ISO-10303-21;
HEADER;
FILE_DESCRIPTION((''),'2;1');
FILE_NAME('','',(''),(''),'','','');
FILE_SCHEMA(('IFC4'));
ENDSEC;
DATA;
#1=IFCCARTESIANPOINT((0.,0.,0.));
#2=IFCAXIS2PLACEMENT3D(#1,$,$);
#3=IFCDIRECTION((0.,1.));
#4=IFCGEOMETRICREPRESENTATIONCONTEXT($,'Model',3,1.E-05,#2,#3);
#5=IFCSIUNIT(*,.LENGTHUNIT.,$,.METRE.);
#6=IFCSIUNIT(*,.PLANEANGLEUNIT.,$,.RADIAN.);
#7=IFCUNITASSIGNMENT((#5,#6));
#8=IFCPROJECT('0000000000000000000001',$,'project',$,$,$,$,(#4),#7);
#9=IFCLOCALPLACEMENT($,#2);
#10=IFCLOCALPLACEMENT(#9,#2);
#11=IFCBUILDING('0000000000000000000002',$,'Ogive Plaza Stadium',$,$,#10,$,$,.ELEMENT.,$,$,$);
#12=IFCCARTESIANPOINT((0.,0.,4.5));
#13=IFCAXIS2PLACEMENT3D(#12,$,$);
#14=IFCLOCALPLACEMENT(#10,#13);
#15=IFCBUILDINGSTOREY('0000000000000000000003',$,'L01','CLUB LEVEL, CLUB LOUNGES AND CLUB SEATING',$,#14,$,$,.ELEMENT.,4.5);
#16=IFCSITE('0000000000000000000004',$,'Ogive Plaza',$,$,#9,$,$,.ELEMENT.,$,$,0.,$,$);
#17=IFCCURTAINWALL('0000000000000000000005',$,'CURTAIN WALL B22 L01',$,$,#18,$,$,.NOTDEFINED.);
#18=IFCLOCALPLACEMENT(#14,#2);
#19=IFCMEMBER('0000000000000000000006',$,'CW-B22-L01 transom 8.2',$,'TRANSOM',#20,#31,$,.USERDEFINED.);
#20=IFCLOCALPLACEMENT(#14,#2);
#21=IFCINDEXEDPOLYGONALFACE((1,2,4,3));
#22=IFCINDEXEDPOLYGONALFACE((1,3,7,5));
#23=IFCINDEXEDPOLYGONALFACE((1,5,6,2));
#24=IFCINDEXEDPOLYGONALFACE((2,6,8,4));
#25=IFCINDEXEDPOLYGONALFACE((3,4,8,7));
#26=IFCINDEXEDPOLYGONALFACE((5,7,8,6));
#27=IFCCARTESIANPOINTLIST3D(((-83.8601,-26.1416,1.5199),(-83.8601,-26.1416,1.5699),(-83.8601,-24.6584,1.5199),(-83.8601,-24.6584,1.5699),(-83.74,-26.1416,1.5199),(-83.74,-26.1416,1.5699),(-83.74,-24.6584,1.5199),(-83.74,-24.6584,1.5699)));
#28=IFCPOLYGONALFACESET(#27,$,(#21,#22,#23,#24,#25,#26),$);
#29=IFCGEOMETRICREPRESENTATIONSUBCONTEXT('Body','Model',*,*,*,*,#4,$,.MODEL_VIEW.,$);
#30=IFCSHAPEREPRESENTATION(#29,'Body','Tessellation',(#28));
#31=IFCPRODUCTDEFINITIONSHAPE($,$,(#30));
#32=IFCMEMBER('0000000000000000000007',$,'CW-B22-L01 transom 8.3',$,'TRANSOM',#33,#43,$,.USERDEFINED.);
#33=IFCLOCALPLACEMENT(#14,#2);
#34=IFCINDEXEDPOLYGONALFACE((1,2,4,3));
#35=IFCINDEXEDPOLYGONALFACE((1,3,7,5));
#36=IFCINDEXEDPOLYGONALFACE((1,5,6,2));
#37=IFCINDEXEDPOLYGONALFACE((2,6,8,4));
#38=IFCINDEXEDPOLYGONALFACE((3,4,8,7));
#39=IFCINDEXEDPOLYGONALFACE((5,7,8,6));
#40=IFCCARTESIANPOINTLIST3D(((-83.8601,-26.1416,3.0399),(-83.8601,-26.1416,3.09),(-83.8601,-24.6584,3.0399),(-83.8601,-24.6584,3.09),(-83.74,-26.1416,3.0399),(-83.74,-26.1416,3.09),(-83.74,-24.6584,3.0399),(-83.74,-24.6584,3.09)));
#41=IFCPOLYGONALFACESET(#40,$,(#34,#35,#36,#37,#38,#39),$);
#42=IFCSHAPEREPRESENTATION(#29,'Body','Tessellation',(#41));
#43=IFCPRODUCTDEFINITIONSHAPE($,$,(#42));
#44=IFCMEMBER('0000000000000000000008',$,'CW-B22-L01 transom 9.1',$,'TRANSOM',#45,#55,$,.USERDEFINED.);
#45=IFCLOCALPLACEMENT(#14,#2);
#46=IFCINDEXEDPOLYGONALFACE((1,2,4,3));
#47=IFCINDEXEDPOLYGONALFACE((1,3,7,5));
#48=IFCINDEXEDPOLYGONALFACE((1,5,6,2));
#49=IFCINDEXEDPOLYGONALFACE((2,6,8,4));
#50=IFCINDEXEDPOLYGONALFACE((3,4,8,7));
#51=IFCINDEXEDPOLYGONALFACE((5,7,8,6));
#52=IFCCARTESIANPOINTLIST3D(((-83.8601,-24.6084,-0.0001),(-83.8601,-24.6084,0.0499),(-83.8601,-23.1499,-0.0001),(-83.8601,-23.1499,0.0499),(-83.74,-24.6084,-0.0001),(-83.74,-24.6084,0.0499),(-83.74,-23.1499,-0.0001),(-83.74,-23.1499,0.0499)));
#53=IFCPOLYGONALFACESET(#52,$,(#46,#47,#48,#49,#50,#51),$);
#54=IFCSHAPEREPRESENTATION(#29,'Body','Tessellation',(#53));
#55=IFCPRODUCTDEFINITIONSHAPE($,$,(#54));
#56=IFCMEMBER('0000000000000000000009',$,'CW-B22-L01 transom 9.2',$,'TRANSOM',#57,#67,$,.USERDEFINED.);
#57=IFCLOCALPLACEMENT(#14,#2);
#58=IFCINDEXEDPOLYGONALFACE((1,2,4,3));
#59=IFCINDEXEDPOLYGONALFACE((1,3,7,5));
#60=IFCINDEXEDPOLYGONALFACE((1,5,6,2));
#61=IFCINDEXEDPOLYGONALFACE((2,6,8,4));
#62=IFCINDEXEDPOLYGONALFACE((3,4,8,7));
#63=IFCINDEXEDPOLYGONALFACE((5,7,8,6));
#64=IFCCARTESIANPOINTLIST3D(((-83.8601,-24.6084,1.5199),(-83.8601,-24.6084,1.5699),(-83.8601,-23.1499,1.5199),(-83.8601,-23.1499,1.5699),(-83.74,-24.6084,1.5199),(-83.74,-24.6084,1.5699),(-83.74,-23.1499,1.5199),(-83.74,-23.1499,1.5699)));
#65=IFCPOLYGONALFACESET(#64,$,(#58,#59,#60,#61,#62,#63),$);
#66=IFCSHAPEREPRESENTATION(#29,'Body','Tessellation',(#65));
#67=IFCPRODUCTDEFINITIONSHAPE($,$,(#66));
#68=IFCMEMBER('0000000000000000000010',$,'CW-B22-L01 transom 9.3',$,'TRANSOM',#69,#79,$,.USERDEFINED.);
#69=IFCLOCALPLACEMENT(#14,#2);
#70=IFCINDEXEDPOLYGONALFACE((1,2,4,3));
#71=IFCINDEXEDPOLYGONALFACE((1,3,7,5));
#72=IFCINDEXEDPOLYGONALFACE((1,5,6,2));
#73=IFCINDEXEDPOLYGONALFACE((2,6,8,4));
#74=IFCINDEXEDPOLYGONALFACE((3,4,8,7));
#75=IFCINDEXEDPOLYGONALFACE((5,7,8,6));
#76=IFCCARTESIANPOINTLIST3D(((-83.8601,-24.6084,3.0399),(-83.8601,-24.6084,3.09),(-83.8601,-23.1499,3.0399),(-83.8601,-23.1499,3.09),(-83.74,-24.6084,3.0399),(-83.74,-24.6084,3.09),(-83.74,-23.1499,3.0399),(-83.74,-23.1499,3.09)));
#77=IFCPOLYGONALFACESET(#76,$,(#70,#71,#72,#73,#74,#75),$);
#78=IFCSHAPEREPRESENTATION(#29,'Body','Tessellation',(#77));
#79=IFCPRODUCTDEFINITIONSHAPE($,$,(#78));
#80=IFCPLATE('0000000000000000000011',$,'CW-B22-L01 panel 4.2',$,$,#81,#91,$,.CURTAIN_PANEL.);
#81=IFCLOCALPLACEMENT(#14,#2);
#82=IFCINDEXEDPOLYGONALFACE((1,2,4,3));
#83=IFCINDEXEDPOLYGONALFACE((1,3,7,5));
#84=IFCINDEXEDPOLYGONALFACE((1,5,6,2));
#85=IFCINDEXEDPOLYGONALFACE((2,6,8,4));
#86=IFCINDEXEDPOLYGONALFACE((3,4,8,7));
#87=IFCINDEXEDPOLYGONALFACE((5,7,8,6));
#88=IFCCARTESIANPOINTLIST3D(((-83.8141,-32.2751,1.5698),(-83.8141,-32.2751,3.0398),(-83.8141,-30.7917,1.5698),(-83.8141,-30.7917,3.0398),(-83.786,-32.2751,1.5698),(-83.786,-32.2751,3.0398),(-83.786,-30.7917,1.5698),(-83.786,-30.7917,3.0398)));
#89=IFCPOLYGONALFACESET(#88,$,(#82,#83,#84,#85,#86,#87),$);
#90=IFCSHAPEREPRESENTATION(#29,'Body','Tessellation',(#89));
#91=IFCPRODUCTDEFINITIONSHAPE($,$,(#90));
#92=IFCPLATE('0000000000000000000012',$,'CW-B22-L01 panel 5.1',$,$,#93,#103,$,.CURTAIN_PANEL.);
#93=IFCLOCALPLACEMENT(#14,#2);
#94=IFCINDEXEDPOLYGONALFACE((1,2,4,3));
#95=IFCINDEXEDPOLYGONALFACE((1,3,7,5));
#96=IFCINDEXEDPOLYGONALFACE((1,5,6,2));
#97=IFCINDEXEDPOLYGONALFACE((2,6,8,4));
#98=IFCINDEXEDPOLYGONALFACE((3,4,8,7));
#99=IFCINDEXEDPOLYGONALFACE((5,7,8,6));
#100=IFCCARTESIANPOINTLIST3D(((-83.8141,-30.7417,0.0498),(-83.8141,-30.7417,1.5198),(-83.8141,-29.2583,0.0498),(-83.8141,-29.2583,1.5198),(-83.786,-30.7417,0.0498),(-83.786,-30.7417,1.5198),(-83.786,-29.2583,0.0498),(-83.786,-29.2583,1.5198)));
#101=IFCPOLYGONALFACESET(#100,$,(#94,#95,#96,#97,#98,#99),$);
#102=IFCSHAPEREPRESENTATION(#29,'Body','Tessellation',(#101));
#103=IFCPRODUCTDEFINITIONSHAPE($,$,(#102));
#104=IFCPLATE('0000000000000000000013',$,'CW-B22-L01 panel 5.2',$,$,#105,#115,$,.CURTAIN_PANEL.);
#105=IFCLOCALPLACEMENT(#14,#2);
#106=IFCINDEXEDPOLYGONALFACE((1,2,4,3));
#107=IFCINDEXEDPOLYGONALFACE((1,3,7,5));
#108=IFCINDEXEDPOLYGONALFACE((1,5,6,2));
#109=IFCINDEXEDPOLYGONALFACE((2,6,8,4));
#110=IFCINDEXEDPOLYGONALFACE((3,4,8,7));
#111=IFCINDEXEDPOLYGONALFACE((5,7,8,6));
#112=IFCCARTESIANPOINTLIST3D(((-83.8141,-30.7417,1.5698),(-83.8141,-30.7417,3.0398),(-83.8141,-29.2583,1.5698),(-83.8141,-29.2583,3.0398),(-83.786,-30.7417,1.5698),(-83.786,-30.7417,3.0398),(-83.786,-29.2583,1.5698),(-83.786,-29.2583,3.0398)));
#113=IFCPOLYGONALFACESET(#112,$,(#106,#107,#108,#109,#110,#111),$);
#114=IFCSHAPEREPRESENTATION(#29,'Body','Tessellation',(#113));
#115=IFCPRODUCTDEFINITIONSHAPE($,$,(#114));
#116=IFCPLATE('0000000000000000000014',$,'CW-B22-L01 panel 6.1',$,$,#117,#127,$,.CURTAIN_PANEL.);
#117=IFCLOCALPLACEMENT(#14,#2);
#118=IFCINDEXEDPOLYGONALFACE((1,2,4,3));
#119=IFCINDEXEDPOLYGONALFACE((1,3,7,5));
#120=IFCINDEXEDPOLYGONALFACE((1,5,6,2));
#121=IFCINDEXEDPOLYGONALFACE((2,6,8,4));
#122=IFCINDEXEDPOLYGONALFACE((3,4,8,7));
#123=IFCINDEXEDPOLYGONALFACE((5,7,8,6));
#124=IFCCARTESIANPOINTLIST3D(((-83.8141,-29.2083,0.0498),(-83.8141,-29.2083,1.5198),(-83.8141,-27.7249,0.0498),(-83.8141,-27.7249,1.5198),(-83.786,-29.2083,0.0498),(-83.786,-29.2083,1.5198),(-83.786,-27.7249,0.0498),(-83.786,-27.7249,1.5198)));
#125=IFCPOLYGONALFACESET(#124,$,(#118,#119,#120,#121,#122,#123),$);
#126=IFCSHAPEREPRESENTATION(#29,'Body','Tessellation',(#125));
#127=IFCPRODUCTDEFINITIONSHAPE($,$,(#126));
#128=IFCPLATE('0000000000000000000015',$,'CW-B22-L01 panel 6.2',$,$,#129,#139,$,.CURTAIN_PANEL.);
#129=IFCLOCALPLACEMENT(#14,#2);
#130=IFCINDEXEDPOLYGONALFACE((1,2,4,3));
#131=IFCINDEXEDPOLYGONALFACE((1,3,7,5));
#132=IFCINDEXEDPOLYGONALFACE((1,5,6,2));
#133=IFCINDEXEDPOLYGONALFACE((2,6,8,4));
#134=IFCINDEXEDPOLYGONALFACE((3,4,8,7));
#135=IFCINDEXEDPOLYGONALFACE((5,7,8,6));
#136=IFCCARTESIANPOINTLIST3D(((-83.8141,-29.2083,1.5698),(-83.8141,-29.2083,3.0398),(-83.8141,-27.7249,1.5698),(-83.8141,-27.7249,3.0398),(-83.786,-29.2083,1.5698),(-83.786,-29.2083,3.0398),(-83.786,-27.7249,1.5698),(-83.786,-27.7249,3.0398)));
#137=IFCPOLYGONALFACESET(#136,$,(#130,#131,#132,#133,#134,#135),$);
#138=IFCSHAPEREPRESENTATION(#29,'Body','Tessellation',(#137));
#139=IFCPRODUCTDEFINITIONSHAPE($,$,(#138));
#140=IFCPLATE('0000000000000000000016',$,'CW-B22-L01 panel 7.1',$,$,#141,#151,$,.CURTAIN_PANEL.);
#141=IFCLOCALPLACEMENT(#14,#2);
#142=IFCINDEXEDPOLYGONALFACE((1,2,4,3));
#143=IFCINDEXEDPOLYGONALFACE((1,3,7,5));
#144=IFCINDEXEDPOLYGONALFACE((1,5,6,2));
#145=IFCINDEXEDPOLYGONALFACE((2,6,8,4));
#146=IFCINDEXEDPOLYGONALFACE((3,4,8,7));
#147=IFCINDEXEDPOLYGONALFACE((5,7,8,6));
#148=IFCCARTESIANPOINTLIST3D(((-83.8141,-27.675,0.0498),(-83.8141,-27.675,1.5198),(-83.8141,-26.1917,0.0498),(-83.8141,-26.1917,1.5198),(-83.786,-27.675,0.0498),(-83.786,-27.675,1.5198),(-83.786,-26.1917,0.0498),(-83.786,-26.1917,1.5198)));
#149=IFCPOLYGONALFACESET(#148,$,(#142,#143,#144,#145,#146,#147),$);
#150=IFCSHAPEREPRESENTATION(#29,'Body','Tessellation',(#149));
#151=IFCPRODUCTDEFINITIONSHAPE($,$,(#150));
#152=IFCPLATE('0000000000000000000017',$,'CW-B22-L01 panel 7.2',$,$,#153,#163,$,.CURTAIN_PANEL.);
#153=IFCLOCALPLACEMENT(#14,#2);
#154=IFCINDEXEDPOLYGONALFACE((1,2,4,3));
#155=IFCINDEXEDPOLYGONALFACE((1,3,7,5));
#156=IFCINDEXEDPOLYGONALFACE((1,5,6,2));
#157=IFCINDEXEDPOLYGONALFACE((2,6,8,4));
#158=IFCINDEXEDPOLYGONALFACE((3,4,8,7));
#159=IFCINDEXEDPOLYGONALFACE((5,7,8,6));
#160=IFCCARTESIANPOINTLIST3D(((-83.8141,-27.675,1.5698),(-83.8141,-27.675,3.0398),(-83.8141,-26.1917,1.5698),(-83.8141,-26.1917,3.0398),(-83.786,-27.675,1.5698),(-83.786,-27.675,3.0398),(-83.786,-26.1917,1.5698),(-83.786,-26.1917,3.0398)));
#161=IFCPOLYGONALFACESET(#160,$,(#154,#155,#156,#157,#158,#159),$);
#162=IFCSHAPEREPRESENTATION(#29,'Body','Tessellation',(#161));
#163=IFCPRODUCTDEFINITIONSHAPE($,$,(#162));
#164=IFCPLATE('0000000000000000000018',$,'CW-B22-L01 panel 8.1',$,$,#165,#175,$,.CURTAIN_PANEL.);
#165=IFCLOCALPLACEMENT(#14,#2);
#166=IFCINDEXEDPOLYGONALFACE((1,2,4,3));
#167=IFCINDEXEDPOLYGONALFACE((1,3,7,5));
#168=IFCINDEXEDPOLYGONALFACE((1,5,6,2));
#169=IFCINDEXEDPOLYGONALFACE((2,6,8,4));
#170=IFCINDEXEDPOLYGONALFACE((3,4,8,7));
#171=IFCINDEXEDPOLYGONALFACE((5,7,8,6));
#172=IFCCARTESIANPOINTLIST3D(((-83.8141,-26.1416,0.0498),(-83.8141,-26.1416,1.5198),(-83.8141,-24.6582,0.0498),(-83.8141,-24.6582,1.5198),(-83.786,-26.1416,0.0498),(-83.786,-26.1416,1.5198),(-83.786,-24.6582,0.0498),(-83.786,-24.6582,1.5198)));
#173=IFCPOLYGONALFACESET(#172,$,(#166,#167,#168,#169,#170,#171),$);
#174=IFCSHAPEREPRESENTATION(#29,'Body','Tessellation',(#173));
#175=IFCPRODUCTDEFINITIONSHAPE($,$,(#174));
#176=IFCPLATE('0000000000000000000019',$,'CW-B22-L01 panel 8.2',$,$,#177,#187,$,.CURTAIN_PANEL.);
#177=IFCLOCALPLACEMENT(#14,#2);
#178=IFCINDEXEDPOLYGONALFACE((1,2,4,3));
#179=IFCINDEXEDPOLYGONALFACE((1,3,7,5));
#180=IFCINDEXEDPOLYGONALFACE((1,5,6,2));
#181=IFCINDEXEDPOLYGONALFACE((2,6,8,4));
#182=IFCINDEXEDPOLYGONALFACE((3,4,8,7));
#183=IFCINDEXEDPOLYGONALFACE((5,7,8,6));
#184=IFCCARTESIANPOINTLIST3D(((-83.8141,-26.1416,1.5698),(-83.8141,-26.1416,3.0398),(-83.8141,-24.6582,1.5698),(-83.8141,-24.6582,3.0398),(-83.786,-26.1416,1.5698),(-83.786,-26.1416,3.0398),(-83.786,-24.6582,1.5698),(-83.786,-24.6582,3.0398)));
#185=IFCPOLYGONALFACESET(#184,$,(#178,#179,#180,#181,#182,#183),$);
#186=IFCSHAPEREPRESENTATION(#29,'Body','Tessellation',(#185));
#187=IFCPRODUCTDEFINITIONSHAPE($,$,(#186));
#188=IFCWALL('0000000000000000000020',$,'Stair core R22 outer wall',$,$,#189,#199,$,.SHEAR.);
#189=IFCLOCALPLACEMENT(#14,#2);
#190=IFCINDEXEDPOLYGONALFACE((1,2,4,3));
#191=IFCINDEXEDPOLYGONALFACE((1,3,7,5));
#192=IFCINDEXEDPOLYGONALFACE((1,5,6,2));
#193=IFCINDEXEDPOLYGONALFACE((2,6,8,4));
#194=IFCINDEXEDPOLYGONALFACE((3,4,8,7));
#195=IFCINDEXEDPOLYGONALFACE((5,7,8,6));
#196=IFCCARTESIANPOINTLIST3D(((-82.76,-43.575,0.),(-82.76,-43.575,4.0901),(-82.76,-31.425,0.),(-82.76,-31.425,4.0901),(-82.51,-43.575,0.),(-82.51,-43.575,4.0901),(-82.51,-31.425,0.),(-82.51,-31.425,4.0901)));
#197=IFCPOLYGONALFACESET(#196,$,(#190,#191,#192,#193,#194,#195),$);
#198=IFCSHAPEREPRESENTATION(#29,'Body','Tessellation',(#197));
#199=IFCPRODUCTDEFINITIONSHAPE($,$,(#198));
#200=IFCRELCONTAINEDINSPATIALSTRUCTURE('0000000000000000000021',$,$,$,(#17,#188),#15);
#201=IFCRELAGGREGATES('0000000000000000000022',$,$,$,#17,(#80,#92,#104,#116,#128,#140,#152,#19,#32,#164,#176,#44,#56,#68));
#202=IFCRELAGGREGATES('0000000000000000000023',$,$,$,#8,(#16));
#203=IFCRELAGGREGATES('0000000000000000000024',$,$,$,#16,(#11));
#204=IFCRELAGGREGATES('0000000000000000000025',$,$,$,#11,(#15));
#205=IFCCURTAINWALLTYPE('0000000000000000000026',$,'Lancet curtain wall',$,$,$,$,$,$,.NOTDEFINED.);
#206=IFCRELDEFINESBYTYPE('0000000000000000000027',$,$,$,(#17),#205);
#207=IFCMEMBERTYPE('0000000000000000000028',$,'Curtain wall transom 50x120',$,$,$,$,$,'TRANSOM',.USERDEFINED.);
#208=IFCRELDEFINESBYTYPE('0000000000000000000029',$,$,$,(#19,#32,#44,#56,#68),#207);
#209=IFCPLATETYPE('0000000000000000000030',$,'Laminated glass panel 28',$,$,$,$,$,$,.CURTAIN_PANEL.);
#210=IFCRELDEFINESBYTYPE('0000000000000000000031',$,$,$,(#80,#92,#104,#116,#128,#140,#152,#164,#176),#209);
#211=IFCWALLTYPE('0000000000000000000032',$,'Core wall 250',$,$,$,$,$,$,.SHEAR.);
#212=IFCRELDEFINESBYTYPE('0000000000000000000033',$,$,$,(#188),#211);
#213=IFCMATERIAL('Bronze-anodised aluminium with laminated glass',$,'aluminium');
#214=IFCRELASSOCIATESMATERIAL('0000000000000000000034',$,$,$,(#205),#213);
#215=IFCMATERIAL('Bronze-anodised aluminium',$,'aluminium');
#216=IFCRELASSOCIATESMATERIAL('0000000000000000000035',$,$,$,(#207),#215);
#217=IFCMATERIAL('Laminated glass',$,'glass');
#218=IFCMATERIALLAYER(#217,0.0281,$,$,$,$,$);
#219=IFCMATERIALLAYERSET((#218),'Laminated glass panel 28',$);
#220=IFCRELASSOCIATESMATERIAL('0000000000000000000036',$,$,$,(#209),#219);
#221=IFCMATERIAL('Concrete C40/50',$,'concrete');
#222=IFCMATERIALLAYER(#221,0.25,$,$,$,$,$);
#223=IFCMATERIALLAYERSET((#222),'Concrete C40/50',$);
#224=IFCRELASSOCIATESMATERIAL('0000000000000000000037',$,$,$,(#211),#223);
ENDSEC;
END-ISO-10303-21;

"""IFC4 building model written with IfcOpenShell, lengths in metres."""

from ifc_helpers import new_model, si_unit, direction, frame, frame_2d, origin, origin_2d, place, context, subcontext, project, spatial, rectangle, extrude, material, layer, layer_set, material_profile, profile_set, type_object, element, aggregate, save


model = new_model("IFC4")

# Units and contexts
model_context = context("Model", 3, precision=1e-05, world=origin(), true_north=direction((0.0, 1.0)))
body_context = subcontext(model_context, "Body", "Model", "MODEL_VIEW")
ifc_project = project(units=[si_unit("LENGTHUNIT", "METRE"), si_unit("PLANEANGLEUNIT", "RADIAN")], contexts=[model_context])

# Site, building, storey
site_placement = place(None, origin())
site = spatial("IfcSite", under=ifc_project, at=site_placement, Name="Ogive Plaza", CompositionType="ELEMENT", RefElevation=0.0)
building_placement = place(site_placement, origin())
building = spatial("IfcBuilding", under=site, at=building_placement, Name="Ogive Plaza Stadium", CompositionType="ELEMENT")
storey_placement = place(building_placement, frame((0.0, 0.0, 4.5)))
storey = spatial("IfcBuildingStorey", under=building, at=storey_placement, Name="L01", Description="CLUB LEVEL, CLUB LOUNGES AND CLUB SEATING", CompositionType="ELEMENT", Elevation=4.5)

# Curtain wall, members, plates
ifc_material_1 = material(Name="Bronze-anodised aluminium with laminated glass", Category="aluminium")
curtain_wall_type = type_object("IfcCurtainWallType", Name="Lancet curtain wall", PredefinedType="NOTDEFINED", material=ifc_material_1)
curtain_wall_placement = place(storey_placement, origin())
curtain_wall = element("IfcCurtainWall", 1, at=curtain_wall_placement, inside=storey, type_object=curtain_wall_type, Name="CURTAIN WALL B22 L01", PredefinedType="NOTDEFINED")
ifc_material_2 = material(Name="Bronze-anodised aluminium", Category="aluminium")
ifc_material_profile_1 = material_profile(ifc_material_2, rectangle(XDim=0.1201, YDim=0.05, at=origin_2d()), Name="AL 120x50")
ifc_profile_set_1 = profile_set([ifc_material_profile_1], Name="Bronze-anodised aluminium")
member_type_1 = type_object("IfcMemberType", Name="Curtain wall transom 50x120", ElementType="TRANSOM", PredefinedType="USERDEFINED", material=ifc_profile_set_1)
member_1_placement = place(storey_placement, frame((-83.8, -26.1416, 1.5449), z_axis=(0.0, 1.0, 0.0), x_axis=(-1.0, 0.0, 0.0)))
member_1 = element("IfcMember", 2, at=member_1_placement, type_object=member_type_1, Name="CW-B22-L01 transom 8.2", ObjectType="TRANSOM", PredefinedType="USERDEFINED", context=body_context, shape_type="SweptSolid", body=[
    extrude(rectangle(XDim=0.1201, YDim=0.05, at=origin_2d()), origin(), (0.0, 0.0, 1.0), 1.4832),
])
member_2_placement = place(storey_placement, frame((-83.8, -26.1416, 3.0649), z_axis=(0.0, 1.0, 0.0), x_axis=(-1.0, 0.0, 0.0)))
member_2 = element("IfcMember", 3, at=member_2_placement, type_object=member_type_1, Name="CW-B22-L01 transom 8.3", ObjectType="TRANSOM", PredefinedType="USERDEFINED", context=body_context, shape_type="SweptSolid", body=[
    extrude(rectangle(XDim=0.1201, YDim=0.05, at=origin_2d()), origin(), (0.0, 0.0, 1.0), 1.4832),
])
member_3_placement = place(storey_placement, frame((-83.8, -24.6084, 0.0249), z_axis=(0.0, 1.0, 0.0), x_axis=(-1.0, 0.0, 0.0)))
member_3 = element("IfcMember", 4, at=member_3_placement, type_object=member_type_1, Name="CW-B22-L01 transom 9.1", ObjectType="TRANSOM", PredefinedType="USERDEFINED", context=body_context, shape_type="SweptSolid", body=[
    extrude(rectangle(XDim=0.1201, YDim=0.05, at=origin_2d()), origin(), (0.0, 0.0, 1.0), 1.4585),
])
member_4_placement = place(storey_placement, frame((-83.8, -24.6084, 1.5449), z_axis=(0.0, 1.0, 0.0), x_axis=(-1.0, 0.0, 0.0)))
member_4 = element("IfcMember", 5, at=member_4_placement, type_object=member_type_1, Name="CW-B22-L01 transom 9.2", ObjectType="TRANSOM", PredefinedType="USERDEFINED", context=body_context, shape_type="SweptSolid", body=[
    extrude(rectangle(XDim=0.1201, YDim=0.05, at=origin_2d()), origin(), (0.0, 0.0, 1.0), 1.4585),
])
member_5_placement = place(storey_placement, frame((-83.8, -24.6084, 3.0649), z_axis=(0.0, 1.0, 0.0), x_axis=(-1.0, 0.0, 0.0)))
member_5 = element("IfcMember", 6, at=member_5_placement, type_object=member_type_1, Name="CW-B22-L01 transom 9.3", ObjectType="TRANSOM", PredefinedType="USERDEFINED", context=body_context, shape_type="SweptSolid", body=[
    extrude(rectangle(XDim=0.1201, YDim=0.05, at=origin_2d()), origin(), (0.0, 0.0, 1.0), 1.4585),
])
ifc_material_3 = material(Name="Laminated glass", Category="glass")
ifc_layer_1 = layer(ifc_material_3, 0.0281)
ifc_layer_set_1 = layer_set([ifc_layer_1], Name="Laminated glass panel 28")
plate_type = type_object("IfcPlateType", Name="Laminated glass panel 28", PredefinedType="CURTAIN_PANEL", material=ifc_layer_set_1)
plate_1_placement = place(storey_placement, frame((-83.8, -31.5334, 1.5698), z_axis=(0.0, 0.0, 1.0), x_axis=(0.0, 1.0, 0.0)))
plate_1 = element("IfcPlate", 7, at=plate_1_placement, type_object=plate_type, Name="CW-B22-L01 panel 4.2", PredefinedType="CURTAIN_PANEL", context=body_context, shape_type="SweptSolid", body=[
    extrude(rectangle(XDim=1.4834, YDim=0.0281, at=origin_2d()), origin(), (0.0, 0.0, 1.0), 1.47),
])
plate_2_placement = place(storey_placement, frame((-83.8, -30.0, 0.0498), z_axis=(0.0, 0.0, 1.0), x_axis=(0.0, 1.0, 0.0)))
plate_2 = element("IfcPlate", 8, at=plate_2_placement, type_object=plate_type, Name="CW-B22-L01 panel 5.1", PredefinedType="CURTAIN_PANEL", context=body_context, shape_type="SweptSolid", body=[
    extrude(rectangle(XDim=1.4834, YDim=0.0281, at=origin_2d()), origin(), (0.0, 0.0, 1.0), 1.47),
])
plate_3_placement = place(storey_placement, frame((-83.8, -30.0, 1.5698), z_axis=(0.0, 0.0, 1.0), x_axis=(0.0, 1.0, 0.0)))
plate_3 = element("IfcPlate", 9, at=plate_3_placement, type_object=plate_type, Name="CW-B22-L01 panel 5.2", PredefinedType="CURTAIN_PANEL", context=body_context, shape_type="SweptSolid", body=[
    extrude(rectangle(XDim=1.4834, YDim=0.0281, at=origin_2d()), origin(), (0.0, 0.0, 1.0), 1.47),
])
plate_4_placement = place(storey_placement, frame((-83.8, -28.4666, 0.0498), z_axis=(0.0, 0.0, 1.0), x_axis=(0.0, 1.0, 0.0)))
plate_4 = element("IfcPlate", 10, at=plate_4_placement, type_object=plate_type, Name="CW-B22-L01 panel 6.1", PredefinedType="CURTAIN_PANEL", context=body_context, shape_type="SweptSolid", body=[
    extrude(rectangle(XDim=1.4834, YDim=0.0281, at=origin_2d()), origin(), (0.0, 0.0, 1.0), 1.47),
])
plate_5_placement = place(storey_placement, frame((-83.8, -28.4666, 1.5698), z_axis=(0.0, 0.0, 1.0), x_axis=(0.0, 1.0, 0.0)))
plate_5 = element("IfcPlate", 11, at=plate_5_placement, type_object=plate_type, Name="CW-B22-L01 panel 6.2", PredefinedType="CURTAIN_PANEL", context=body_context, shape_type="SweptSolid", body=[
    extrude(rectangle(XDim=1.4834, YDim=0.0281, at=origin_2d()), origin(), (0.0, 0.0, 1.0), 1.47),
])
plate_6_placement = place(storey_placement, frame((-83.8, -26.9333, 0.0498), z_axis=(0.0, 0.0, 1.0), x_axis=(0.0, 1.0, 0.0)))
plate_6 = element("IfcPlate", 12, at=plate_6_placement, type_object=plate_type, Name="CW-B22-L01 panel 7.1", PredefinedType="CURTAIN_PANEL", context=body_context, shape_type="SweptSolid", body=[
    extrude(rectangle(XDim=1.4834, YDim=0.0281, at=origin_2d()), origin(), (0.0, 0.0, 1.0), 1.47),
])
plate_7_placement = place(storey_placement, frame((-83.8, -26.9333, 1.5698), z_axis=(0.0, 0.0, 1.0), x_axis=(0.0, 1.0, 0.0)))
plate_7 = element("IfcPlate", 13, at=plate_7_placement, type_object=plate_type, Name="CW-B22-L01 panel 7.2", PredefinedType="CURTAIN_PANEL", context=body_context, shape_type="SweptSolid", body=[
    extrude(rectangle(XDim=1.4834, YDim=0.0281, at=origin_2d()), origin(), (0.0, 0.0, 1.0), 1.47),
])
plate_8_placement = place(storey_placement, frame((-83.8, -25.3999, 0.0498), z_axis=(0.0, 0.0, 1.0), x_axis=(0.0, 1.0, 0.0)))
plate_8 = element("IfcPlate", 14, at=plate_8_placement, type_object=plate_type, Name="CW-B22-L01 panel 8.1", PredefinedType="CURTAIN_PANEL", context=body_context, shape_type="SweptSolid", body=[
    extrude(rectangle(XDim=1.4834, YDim=0.0281, at=origin_2d()), origin(), (0.0, 0.0, 1.0), 1.47),
])
plate_9_placement = place(storey_placement, frame((-83.8, -25.3999, 1.5698), z_axis=(0.0, 0.0, 1.0), x_axis=(0.0, 1.0, 0.0)))
plate_9 = element("IfcPlate", 15, at=plate_9_placement, type_object=plate_type, Name="CW-B22-L01 panel 8.2", PredefinedType="CURTAIN_PANEL", context=body_context, shape_type="SweptSolid", body=[
    extrude(rectangle(XDim=1.4834, YDim=0.0281, at=origin_2d()), origin(), (0.0, 0.0, 1.0), 1.47),
])
aggregate(curtain_wall, [plate_1, plate_2, plate_3, plate_4, plate_5, plate_6, plate_7, member_1, member_2, plate_8, plate_9, member_3, member_4, member_5])

# Wall
ifc_material_4 = material(Name="Concrete C40/50", Category="concrete")
ifc_layer_2 = layer(ifc_material_4, 0.25)
ifc_layer_set_2 = layer_set([ifc_layer_2], Name="Concrete C40/50")
wall_type = type_object("IfcWallType", Name="Core wall 250", PredefinedType="SHEAR", material=ifc_layer_set_2)
wall_placement = place(storey_placement, frame((-82.635, -31.425, 0.0), z_axis=(0.0, 0.0, 1.0), x_axis=(0.0, -1.0, 0.0)))
element("IfcWall", 16, at=wall_placement, inside=storey, type_object=wall_type, Name="Stair core R22 outer wall", PredefinedType="SHEAR", context=body_context, shape_type="SweptSolid", body=[
    extrude(rectangle(XDim=12.1499, YDim=0.25, at=frame_2d((6.075, 0.0))), origin(), (0.0, 0.0, 1.0), 4.0901),
])

save(model, "model.ifc")
